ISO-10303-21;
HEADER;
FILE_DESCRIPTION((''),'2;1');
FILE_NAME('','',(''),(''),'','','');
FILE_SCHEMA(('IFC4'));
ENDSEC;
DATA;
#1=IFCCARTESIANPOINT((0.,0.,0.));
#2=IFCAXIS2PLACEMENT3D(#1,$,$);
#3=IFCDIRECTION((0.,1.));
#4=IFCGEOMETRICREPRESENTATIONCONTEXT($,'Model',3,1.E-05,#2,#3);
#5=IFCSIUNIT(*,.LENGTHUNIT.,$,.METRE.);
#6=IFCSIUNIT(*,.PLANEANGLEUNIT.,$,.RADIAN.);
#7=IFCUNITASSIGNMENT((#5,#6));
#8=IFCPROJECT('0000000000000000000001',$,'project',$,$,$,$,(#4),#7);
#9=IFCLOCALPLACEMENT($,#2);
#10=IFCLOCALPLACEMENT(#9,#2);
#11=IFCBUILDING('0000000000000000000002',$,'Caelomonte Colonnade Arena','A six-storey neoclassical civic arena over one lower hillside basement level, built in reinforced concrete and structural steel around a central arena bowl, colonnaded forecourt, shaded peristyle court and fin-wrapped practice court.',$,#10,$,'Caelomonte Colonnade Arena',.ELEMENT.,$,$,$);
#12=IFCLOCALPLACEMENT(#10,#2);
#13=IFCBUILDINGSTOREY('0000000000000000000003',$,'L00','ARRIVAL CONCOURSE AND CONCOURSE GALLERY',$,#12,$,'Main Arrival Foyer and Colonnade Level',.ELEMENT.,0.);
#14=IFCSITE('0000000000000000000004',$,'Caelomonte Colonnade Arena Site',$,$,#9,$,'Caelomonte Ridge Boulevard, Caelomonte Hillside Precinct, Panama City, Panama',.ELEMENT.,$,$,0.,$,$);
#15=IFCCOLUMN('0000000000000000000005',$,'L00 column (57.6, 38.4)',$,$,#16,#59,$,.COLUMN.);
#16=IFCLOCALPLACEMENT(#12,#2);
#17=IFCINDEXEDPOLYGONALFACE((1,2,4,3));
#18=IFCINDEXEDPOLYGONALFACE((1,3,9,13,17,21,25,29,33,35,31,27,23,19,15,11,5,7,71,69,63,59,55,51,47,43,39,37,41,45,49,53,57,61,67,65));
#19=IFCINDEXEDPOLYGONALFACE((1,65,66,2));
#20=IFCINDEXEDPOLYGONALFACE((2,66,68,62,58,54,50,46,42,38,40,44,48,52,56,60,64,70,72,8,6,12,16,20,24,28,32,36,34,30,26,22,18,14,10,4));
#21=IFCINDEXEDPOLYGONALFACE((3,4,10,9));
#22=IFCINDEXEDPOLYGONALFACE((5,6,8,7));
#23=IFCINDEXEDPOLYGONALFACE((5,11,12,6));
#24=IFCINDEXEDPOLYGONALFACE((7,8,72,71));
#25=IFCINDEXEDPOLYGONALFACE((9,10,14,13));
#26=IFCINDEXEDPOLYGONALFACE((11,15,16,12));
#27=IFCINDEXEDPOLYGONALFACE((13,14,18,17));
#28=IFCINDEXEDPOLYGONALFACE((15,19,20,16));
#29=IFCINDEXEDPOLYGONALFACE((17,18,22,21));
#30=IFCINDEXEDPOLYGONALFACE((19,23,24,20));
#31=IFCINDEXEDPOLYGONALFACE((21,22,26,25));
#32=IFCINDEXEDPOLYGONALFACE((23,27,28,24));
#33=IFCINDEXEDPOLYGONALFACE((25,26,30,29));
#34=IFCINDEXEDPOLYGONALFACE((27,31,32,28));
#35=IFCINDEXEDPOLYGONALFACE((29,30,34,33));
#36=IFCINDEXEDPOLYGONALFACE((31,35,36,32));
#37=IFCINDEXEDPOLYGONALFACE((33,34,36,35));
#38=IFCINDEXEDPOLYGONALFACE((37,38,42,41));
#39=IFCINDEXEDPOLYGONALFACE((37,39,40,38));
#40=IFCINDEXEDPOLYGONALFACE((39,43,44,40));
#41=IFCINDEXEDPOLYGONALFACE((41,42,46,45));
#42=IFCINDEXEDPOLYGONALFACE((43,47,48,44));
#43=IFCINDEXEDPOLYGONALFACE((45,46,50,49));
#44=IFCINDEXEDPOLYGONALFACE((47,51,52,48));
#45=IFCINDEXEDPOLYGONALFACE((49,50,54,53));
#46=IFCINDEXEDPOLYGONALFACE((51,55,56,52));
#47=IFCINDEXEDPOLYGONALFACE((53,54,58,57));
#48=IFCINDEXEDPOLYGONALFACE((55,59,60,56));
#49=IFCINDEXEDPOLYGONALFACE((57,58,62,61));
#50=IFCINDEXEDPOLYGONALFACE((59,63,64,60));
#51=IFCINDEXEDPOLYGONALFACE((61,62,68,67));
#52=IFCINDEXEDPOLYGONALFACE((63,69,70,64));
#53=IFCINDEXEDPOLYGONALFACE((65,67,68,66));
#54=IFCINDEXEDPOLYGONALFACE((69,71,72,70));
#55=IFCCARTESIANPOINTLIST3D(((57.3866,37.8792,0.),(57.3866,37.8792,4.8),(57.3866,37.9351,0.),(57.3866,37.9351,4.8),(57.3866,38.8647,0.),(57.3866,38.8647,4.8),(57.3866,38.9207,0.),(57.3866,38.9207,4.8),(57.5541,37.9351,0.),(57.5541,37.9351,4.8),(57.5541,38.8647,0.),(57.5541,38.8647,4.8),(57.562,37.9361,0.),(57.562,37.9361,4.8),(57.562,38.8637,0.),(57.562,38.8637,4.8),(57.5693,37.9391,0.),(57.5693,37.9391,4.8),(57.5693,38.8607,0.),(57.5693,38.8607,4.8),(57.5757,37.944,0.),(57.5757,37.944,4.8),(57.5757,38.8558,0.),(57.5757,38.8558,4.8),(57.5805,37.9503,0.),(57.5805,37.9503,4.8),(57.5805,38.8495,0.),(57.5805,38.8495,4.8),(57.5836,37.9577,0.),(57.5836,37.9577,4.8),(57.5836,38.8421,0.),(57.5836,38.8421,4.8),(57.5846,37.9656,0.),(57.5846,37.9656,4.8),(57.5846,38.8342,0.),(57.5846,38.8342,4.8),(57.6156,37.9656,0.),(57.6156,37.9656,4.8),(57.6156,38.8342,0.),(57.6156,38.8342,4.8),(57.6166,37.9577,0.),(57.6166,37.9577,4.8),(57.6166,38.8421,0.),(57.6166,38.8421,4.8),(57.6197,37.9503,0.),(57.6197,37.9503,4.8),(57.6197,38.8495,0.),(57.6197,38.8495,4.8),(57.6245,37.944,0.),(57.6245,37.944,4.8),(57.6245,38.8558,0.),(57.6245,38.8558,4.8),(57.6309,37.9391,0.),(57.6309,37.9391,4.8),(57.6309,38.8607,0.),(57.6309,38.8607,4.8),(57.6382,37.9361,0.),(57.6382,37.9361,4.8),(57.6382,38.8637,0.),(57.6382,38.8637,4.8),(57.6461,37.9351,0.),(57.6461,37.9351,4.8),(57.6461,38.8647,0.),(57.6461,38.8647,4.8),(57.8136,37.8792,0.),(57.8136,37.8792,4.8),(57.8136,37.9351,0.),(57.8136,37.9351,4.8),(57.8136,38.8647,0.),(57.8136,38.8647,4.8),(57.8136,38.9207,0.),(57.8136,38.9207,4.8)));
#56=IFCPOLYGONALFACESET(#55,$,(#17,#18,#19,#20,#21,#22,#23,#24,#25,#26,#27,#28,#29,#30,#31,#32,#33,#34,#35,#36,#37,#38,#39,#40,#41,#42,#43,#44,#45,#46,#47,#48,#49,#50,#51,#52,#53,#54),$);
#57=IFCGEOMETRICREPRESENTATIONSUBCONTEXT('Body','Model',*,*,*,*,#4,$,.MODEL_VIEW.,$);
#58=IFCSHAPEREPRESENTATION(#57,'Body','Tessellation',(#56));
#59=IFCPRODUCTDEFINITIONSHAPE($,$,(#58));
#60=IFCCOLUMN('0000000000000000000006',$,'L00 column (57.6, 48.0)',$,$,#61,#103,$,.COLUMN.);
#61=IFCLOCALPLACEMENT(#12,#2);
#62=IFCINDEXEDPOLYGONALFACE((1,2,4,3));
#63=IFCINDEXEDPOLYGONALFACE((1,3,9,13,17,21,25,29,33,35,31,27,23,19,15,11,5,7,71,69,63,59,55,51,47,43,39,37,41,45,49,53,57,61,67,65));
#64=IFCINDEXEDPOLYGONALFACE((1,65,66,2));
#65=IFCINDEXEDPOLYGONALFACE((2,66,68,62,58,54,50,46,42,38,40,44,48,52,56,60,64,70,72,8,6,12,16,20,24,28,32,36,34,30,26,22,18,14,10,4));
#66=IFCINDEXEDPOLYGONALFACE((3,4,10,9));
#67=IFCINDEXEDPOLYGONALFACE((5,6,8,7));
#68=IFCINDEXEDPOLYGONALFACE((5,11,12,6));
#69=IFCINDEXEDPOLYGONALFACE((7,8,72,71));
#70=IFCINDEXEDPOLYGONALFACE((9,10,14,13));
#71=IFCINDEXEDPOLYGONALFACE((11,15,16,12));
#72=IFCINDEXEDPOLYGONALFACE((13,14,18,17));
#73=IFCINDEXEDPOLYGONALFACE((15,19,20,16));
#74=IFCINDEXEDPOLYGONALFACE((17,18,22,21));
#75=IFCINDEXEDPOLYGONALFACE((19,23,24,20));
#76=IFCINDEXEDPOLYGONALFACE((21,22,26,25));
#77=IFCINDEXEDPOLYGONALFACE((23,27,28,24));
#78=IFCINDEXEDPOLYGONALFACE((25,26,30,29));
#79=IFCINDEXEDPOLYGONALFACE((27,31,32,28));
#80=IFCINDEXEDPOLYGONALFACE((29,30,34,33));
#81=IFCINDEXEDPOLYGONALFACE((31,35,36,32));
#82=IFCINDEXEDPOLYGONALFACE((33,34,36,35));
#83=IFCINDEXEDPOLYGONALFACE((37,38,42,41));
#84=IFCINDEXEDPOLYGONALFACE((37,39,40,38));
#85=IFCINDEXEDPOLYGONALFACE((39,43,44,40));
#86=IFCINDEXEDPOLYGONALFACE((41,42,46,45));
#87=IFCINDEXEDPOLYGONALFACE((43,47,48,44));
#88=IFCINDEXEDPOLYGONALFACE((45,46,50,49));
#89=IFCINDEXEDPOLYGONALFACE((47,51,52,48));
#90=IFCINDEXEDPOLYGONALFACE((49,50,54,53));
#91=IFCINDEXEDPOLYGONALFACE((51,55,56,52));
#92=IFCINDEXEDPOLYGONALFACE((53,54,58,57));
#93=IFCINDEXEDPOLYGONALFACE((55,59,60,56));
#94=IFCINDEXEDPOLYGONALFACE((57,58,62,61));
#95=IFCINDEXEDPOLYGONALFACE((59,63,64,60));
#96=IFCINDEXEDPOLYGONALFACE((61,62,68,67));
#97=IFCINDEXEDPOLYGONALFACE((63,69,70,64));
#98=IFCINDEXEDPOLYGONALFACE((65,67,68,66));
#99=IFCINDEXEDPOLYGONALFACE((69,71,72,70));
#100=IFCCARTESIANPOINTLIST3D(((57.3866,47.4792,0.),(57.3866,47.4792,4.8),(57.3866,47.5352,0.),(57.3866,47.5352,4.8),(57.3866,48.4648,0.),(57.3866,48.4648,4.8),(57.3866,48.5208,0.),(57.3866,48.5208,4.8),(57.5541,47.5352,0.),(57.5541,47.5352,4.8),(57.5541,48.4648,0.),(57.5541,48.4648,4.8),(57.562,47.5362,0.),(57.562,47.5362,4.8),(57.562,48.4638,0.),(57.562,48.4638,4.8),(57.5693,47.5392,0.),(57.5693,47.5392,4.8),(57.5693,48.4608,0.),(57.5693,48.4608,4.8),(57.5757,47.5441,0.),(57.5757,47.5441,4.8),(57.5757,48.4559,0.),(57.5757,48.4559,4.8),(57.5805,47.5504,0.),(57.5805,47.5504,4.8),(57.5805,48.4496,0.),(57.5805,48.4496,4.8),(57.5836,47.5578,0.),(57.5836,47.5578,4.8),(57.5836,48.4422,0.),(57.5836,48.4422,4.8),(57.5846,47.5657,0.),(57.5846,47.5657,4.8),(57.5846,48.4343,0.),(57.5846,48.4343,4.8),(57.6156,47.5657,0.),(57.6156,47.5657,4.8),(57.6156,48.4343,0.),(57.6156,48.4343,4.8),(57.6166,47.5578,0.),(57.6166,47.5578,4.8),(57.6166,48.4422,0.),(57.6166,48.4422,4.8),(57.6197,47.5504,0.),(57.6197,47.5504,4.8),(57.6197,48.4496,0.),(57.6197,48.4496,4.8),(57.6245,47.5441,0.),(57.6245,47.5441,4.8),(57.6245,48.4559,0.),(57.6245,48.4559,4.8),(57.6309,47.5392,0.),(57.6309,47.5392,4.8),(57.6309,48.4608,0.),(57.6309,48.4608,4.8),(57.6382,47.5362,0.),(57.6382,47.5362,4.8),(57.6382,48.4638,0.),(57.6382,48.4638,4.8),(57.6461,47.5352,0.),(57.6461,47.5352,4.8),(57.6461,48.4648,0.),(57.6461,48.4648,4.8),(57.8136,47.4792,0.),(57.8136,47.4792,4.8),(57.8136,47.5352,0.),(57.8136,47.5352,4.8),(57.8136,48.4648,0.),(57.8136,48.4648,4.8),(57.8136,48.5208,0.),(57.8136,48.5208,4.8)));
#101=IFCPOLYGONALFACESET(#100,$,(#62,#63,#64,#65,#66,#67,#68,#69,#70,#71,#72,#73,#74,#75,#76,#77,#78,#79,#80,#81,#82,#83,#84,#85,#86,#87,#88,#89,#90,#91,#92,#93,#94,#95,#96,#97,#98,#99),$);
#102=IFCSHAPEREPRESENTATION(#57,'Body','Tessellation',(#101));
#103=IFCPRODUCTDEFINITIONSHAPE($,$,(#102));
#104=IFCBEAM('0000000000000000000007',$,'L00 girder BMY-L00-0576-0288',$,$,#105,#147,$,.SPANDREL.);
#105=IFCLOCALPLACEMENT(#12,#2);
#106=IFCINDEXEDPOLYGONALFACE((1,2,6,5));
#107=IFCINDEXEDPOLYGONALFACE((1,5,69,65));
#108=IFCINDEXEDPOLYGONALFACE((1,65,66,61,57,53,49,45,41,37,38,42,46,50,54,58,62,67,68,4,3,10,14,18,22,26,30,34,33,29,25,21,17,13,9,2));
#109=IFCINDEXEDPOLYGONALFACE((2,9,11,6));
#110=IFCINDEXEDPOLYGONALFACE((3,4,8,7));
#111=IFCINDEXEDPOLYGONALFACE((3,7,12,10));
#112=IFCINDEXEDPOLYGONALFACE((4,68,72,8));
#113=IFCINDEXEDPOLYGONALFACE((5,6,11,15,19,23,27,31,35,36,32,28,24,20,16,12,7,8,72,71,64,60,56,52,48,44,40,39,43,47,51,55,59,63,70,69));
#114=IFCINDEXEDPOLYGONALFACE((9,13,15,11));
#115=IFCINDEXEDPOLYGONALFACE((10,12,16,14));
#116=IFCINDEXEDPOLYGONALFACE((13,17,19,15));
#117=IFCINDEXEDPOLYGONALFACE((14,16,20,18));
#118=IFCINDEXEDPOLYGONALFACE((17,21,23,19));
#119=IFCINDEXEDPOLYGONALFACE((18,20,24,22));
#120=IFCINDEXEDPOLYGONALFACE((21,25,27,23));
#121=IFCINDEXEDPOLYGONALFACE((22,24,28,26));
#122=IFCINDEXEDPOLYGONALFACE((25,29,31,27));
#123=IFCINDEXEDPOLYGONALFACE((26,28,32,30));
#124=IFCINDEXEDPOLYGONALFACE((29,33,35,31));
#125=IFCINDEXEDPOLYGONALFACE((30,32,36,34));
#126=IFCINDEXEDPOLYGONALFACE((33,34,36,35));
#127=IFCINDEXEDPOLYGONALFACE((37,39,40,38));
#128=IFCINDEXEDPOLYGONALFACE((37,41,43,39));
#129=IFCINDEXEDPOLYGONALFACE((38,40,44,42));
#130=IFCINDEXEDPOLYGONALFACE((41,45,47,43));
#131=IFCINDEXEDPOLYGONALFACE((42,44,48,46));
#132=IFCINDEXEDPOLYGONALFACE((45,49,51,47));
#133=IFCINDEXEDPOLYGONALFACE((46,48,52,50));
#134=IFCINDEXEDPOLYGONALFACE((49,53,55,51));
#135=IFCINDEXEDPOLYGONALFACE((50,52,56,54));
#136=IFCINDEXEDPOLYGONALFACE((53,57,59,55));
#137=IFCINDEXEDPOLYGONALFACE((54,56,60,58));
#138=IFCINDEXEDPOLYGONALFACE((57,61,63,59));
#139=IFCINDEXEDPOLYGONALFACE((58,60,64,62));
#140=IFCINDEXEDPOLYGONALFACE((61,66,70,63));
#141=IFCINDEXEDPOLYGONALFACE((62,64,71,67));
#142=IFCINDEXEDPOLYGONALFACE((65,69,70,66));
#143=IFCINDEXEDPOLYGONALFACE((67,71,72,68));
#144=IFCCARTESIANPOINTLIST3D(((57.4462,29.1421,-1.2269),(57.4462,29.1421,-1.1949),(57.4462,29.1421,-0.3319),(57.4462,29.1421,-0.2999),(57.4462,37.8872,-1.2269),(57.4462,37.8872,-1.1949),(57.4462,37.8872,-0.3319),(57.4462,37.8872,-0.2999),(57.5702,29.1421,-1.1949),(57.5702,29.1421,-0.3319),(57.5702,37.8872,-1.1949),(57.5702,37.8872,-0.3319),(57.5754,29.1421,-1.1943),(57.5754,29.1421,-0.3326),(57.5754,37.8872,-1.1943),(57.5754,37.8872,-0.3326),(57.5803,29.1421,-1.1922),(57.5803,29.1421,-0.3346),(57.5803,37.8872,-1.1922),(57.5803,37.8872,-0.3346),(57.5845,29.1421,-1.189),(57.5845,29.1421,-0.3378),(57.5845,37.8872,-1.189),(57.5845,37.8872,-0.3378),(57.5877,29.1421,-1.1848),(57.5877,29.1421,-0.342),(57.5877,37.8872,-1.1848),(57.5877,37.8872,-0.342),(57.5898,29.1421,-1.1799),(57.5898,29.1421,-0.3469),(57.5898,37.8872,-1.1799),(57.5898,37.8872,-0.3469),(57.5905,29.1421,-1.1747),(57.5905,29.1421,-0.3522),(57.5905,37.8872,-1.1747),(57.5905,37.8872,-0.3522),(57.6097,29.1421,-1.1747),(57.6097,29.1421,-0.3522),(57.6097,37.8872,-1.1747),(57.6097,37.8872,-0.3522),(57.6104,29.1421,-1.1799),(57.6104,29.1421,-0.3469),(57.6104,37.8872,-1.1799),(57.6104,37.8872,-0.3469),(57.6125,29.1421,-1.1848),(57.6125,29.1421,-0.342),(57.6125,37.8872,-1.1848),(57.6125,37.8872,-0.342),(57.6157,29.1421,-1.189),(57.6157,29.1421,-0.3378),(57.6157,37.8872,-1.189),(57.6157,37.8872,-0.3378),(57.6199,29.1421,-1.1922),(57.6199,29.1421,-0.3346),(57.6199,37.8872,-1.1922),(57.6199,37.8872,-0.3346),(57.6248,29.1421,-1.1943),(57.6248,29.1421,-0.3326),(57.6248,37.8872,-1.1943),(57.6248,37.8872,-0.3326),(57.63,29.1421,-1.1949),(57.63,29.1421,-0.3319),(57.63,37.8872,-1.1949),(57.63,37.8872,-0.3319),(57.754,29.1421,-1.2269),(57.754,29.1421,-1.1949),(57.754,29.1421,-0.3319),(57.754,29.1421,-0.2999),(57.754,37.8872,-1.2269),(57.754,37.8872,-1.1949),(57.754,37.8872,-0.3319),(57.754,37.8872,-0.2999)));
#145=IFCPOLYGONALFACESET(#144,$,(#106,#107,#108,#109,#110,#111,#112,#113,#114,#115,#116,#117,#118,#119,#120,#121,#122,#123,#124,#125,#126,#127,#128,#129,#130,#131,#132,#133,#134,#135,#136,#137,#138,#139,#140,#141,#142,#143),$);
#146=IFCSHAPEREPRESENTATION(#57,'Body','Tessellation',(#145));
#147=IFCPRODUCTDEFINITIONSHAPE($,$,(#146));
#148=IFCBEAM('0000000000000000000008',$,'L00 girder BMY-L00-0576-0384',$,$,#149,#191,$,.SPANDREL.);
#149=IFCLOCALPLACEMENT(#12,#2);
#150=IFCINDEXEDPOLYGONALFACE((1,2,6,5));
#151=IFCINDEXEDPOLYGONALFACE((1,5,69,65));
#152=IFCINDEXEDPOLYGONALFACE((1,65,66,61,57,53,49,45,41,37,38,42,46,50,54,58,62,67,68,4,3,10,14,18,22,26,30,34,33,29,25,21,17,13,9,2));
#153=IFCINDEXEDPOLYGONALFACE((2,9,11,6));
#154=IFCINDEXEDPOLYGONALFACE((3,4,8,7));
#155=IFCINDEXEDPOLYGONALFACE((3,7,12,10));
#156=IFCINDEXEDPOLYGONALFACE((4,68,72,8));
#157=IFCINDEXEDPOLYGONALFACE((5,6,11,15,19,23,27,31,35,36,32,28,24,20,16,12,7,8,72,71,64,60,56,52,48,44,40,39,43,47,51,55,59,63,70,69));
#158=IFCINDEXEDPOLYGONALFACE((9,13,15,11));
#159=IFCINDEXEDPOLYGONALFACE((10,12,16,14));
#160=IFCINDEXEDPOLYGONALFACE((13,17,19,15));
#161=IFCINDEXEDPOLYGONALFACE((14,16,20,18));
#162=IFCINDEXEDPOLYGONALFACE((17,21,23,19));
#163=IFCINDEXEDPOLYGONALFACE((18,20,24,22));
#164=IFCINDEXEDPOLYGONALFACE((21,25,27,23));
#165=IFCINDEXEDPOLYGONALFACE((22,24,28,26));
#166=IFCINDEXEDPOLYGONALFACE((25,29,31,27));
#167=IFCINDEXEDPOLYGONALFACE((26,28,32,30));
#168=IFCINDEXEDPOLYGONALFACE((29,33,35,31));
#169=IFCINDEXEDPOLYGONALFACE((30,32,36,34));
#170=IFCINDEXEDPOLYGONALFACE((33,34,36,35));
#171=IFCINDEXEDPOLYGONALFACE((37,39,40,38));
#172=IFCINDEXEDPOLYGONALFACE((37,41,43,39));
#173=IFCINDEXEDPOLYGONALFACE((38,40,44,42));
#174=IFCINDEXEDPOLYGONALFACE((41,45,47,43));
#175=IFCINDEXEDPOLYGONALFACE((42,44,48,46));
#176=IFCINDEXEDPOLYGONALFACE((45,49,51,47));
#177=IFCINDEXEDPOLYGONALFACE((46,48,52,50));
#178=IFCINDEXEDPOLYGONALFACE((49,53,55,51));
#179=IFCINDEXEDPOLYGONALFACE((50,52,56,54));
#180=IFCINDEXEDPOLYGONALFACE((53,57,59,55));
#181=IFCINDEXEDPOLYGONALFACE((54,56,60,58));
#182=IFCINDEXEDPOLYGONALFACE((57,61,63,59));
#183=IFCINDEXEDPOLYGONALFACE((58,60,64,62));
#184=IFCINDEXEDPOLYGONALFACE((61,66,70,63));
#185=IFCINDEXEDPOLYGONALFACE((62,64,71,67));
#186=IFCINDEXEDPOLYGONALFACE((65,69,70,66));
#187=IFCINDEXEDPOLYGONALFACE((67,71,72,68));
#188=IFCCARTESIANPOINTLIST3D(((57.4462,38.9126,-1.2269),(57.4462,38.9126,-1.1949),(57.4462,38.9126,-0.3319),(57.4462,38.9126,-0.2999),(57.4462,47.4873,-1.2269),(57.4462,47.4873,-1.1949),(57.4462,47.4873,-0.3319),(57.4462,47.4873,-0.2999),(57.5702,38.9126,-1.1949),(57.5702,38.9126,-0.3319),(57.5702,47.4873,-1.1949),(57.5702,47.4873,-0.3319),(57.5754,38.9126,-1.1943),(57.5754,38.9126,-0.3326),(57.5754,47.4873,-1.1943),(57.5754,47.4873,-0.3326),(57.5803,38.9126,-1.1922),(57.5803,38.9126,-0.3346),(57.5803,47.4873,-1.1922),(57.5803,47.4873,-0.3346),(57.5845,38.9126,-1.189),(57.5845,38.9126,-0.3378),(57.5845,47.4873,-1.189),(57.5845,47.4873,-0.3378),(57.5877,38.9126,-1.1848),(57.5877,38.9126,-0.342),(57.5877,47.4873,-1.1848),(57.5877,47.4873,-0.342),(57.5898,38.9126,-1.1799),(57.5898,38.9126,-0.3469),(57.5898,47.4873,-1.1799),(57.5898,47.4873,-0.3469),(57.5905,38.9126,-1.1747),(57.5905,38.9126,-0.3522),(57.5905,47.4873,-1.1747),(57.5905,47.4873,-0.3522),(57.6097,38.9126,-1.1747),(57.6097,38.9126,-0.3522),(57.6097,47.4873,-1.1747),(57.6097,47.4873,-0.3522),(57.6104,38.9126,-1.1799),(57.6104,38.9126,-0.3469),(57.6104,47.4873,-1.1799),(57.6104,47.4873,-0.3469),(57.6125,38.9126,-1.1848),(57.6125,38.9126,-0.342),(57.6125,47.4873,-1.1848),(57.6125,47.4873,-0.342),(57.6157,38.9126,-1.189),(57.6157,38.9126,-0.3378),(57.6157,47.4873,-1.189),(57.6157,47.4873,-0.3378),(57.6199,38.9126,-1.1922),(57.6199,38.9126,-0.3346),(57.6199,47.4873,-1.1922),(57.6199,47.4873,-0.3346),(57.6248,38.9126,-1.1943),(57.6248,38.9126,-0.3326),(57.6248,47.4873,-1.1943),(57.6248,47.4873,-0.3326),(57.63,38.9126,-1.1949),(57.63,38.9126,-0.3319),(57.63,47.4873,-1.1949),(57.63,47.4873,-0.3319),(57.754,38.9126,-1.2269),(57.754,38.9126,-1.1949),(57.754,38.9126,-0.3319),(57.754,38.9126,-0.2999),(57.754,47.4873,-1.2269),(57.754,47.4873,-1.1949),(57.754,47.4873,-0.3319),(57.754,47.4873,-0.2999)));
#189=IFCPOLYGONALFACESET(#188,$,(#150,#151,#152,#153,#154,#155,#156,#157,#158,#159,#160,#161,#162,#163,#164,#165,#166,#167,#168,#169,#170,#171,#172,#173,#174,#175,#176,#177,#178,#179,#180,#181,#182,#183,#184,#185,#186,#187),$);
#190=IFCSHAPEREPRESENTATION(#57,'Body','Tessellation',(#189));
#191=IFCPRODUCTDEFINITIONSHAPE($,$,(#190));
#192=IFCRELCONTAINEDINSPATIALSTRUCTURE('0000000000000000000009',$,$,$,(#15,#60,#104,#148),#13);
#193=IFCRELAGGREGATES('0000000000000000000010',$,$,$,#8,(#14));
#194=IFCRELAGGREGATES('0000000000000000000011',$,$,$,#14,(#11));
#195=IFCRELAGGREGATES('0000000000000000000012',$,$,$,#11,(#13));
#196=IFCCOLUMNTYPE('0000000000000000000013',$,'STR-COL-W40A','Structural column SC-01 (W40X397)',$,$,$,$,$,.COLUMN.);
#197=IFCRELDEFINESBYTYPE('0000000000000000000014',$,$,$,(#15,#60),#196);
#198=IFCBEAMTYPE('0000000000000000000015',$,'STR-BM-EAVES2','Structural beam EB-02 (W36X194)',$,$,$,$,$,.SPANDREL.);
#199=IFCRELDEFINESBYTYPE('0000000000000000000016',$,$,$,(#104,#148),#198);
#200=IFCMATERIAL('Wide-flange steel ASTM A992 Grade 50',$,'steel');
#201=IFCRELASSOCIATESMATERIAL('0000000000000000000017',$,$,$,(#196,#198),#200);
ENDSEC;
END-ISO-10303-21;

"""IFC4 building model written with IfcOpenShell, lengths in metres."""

from ifc_helpers import new_model, si_unit, direction, frame, origin, origin_2d, place, context, subcontext, project, spatial, i_section, extrude, material, material_profile, profile_set, type_object, element, save


model = new_model("IFC4")

# Units and contexts
model_context = context("Model", 3, precision=1e-05, world=origin(), true_north=direction((0.0, 1.0)))
body_context = subcontext(model_context, "Body", "Model", "MODEL_VIEW")
ifc_project = project(units=[si_unit("LENGTHUNIT", "METRE"), si_unit("PLANEANGLEUNIT", "RADIAN")], contexts=[model_context])

# Site, building, storey
site_placement = place(None, origin())
site = spatial("IfcSite", under=ifc_project, at=site_placement, Name="Caelomonte Colonnade Arena Site", LongName="Caelomonte Ridge Boulevard, Caelomonte Hillside Precinct, Panama City, Panama", CompositionType="ELEMENT", RefElevation=0.0)
building_placement = place(site_placement, origin())
building = spatial("IfcBuilding", under=site, at=building_placement, Name="Caelomonte Colonnade Arena", Description="A six-storey neoclassical civic arena over one lower hillside basement level, built in reinforced concrete and structural steel around a central arena bowl, colonnaded forecourt, shaded peristyle court and fin-wrapped practice court.", LongName="Caelomonte Colonnade Arena", CompositionType="ELEMENT")
storey_placement = place(building_placement, origin())
storey = spatial("IfcBuildingStorey", under=building, at=storey_placement, Name="L00", Description="ARRIVAL CONCOURSE AND CONCOURSE GALLERY", LongName="Main Arrival Foyer and Colonnade Level", CompositionType="ELEMENT", Elevation=0.0)

# Columns
ifc_material_1 = material(Name="Wide-flange steel ASTM A992 Grade 50", Category="steel")
ifc_material_profile_1 = material_profile(ifc_material_1, i_section(OverallWidth=0.427, OverallDepth=1.0415, WebThickness=0.031, FlangeThickness=0.0559, FilletRadius=0.0305, at=origin_2d()), Name="W40X397")
ifc_profile_set_1 = profile_set([ifc_material_profile_1], Name="Wide-flange steel ASTM A992 Grade 50")
column_type_1 = type_object("IfcColumnType", Name="STR-COL-W40A", Description="Structural column SC-01 (W40X397)", PredefinedType="COLUMN", material=ifc_profile_set_1)
for number, where, z_axis, x_axis, name in (
    (1, (57.6001, 38.3999, 0.0), (0.0, 0.0, 1.0), (1.0, 0.0, 0.0), "L00 column (57.6, 38.4)"),
    (2, (57.6001, 48.0, 0.0), (0.0, 0.0, 1.0), (1.0, 0.0, 0.0), "L00 column (57.6, 48.0)"),
):
    element("IfcColumn", number, at=place(storey_placement, frame(where, z_axis=z_axis, x_axis=x_axis)), inside=storey, type_object=column_type_1, Name=name, PredefinedType="COLUMN", context=body_context, shape_type="SweptSolid", body=[
        extrude(i_section(OverallWidth=0.427, OverallDepth=1.0415, WebThickness=0.031, FlangeThickness=0.0559, FilletRadius=0.0305, at=origin_2d()), origin(), (0.0, 0.0, 1.0), 4.8),
    ])

# Beams
ifc_material_profile_2 = material_profile(ifc_material_1, i_section(OverallWidth=0.3079, OverallDepth=0.927, WebThickness=0.0193, FlangeThickness=0.032, FilletRadius=0.0203, at=origin_2d()), Name="W36X194")
ifc_profile_set_2 = profile_set([ifc_material_profile_2], Name="Wide-flange steel ASTM A992 Grade 50")
beam_type_1 = type_object("IfcBeamType", Name="STR-BM-EAVES2", Description="Structural beam EB-02 (W36X194)", PredefinedType="SPANDREL", material=ifc_profile_set_2)
beam_1_placement = place(storey_placement, frame((57.6001, 29.1421, -0.7634), z_axis=(0.0, 1.0, 0.0), x_axis=(-1.0, 0.0, 0.0)))
element("IfcBeam", 3, at=beam_1_placement, inside=storey, type_object=beam_type_1, Name="L00 girder BMY-L00-0576-0288", PredefinedType="SPANDREL", context=body_context, shape_type="SweptSolid", body=[
    extrude(i_section(OverallWidth=0.3079, OverallDepth=0.927, WebThickness=0.0193, FlangeThickness=0.032, FilletRadius=0.0203, at=origin_2d()), origin(), (0.0, 0.0, 1.0), 8.7451),
])
beam_2_placement = place(storey_placement, frame((57.6001, 38.9126, -0.7634), z_axis=(0.0, 1.0, 0.0), x_axis=(-1.0, 0.0, 0.0)))
element("IfcBeam", 4, at=beam_2_placement, inside=storey, type_object=beam_type_1, Name="L00 girder BMY-L00-0576-0384", PredefinedType="SPANDREL", context=body_context, shape_type="SweptSolid", body=[
    extrude(i_section(OverallWidth=0.3079, OverallDepth=0.927, WebThickness=0.0193, FlangeThickness=0.032, FilletRadius=0.0203, at=origin_2d()), origin(), (0.0, 0.0, 1.0), 8.5747),
])

save(model, "model.ifc")
